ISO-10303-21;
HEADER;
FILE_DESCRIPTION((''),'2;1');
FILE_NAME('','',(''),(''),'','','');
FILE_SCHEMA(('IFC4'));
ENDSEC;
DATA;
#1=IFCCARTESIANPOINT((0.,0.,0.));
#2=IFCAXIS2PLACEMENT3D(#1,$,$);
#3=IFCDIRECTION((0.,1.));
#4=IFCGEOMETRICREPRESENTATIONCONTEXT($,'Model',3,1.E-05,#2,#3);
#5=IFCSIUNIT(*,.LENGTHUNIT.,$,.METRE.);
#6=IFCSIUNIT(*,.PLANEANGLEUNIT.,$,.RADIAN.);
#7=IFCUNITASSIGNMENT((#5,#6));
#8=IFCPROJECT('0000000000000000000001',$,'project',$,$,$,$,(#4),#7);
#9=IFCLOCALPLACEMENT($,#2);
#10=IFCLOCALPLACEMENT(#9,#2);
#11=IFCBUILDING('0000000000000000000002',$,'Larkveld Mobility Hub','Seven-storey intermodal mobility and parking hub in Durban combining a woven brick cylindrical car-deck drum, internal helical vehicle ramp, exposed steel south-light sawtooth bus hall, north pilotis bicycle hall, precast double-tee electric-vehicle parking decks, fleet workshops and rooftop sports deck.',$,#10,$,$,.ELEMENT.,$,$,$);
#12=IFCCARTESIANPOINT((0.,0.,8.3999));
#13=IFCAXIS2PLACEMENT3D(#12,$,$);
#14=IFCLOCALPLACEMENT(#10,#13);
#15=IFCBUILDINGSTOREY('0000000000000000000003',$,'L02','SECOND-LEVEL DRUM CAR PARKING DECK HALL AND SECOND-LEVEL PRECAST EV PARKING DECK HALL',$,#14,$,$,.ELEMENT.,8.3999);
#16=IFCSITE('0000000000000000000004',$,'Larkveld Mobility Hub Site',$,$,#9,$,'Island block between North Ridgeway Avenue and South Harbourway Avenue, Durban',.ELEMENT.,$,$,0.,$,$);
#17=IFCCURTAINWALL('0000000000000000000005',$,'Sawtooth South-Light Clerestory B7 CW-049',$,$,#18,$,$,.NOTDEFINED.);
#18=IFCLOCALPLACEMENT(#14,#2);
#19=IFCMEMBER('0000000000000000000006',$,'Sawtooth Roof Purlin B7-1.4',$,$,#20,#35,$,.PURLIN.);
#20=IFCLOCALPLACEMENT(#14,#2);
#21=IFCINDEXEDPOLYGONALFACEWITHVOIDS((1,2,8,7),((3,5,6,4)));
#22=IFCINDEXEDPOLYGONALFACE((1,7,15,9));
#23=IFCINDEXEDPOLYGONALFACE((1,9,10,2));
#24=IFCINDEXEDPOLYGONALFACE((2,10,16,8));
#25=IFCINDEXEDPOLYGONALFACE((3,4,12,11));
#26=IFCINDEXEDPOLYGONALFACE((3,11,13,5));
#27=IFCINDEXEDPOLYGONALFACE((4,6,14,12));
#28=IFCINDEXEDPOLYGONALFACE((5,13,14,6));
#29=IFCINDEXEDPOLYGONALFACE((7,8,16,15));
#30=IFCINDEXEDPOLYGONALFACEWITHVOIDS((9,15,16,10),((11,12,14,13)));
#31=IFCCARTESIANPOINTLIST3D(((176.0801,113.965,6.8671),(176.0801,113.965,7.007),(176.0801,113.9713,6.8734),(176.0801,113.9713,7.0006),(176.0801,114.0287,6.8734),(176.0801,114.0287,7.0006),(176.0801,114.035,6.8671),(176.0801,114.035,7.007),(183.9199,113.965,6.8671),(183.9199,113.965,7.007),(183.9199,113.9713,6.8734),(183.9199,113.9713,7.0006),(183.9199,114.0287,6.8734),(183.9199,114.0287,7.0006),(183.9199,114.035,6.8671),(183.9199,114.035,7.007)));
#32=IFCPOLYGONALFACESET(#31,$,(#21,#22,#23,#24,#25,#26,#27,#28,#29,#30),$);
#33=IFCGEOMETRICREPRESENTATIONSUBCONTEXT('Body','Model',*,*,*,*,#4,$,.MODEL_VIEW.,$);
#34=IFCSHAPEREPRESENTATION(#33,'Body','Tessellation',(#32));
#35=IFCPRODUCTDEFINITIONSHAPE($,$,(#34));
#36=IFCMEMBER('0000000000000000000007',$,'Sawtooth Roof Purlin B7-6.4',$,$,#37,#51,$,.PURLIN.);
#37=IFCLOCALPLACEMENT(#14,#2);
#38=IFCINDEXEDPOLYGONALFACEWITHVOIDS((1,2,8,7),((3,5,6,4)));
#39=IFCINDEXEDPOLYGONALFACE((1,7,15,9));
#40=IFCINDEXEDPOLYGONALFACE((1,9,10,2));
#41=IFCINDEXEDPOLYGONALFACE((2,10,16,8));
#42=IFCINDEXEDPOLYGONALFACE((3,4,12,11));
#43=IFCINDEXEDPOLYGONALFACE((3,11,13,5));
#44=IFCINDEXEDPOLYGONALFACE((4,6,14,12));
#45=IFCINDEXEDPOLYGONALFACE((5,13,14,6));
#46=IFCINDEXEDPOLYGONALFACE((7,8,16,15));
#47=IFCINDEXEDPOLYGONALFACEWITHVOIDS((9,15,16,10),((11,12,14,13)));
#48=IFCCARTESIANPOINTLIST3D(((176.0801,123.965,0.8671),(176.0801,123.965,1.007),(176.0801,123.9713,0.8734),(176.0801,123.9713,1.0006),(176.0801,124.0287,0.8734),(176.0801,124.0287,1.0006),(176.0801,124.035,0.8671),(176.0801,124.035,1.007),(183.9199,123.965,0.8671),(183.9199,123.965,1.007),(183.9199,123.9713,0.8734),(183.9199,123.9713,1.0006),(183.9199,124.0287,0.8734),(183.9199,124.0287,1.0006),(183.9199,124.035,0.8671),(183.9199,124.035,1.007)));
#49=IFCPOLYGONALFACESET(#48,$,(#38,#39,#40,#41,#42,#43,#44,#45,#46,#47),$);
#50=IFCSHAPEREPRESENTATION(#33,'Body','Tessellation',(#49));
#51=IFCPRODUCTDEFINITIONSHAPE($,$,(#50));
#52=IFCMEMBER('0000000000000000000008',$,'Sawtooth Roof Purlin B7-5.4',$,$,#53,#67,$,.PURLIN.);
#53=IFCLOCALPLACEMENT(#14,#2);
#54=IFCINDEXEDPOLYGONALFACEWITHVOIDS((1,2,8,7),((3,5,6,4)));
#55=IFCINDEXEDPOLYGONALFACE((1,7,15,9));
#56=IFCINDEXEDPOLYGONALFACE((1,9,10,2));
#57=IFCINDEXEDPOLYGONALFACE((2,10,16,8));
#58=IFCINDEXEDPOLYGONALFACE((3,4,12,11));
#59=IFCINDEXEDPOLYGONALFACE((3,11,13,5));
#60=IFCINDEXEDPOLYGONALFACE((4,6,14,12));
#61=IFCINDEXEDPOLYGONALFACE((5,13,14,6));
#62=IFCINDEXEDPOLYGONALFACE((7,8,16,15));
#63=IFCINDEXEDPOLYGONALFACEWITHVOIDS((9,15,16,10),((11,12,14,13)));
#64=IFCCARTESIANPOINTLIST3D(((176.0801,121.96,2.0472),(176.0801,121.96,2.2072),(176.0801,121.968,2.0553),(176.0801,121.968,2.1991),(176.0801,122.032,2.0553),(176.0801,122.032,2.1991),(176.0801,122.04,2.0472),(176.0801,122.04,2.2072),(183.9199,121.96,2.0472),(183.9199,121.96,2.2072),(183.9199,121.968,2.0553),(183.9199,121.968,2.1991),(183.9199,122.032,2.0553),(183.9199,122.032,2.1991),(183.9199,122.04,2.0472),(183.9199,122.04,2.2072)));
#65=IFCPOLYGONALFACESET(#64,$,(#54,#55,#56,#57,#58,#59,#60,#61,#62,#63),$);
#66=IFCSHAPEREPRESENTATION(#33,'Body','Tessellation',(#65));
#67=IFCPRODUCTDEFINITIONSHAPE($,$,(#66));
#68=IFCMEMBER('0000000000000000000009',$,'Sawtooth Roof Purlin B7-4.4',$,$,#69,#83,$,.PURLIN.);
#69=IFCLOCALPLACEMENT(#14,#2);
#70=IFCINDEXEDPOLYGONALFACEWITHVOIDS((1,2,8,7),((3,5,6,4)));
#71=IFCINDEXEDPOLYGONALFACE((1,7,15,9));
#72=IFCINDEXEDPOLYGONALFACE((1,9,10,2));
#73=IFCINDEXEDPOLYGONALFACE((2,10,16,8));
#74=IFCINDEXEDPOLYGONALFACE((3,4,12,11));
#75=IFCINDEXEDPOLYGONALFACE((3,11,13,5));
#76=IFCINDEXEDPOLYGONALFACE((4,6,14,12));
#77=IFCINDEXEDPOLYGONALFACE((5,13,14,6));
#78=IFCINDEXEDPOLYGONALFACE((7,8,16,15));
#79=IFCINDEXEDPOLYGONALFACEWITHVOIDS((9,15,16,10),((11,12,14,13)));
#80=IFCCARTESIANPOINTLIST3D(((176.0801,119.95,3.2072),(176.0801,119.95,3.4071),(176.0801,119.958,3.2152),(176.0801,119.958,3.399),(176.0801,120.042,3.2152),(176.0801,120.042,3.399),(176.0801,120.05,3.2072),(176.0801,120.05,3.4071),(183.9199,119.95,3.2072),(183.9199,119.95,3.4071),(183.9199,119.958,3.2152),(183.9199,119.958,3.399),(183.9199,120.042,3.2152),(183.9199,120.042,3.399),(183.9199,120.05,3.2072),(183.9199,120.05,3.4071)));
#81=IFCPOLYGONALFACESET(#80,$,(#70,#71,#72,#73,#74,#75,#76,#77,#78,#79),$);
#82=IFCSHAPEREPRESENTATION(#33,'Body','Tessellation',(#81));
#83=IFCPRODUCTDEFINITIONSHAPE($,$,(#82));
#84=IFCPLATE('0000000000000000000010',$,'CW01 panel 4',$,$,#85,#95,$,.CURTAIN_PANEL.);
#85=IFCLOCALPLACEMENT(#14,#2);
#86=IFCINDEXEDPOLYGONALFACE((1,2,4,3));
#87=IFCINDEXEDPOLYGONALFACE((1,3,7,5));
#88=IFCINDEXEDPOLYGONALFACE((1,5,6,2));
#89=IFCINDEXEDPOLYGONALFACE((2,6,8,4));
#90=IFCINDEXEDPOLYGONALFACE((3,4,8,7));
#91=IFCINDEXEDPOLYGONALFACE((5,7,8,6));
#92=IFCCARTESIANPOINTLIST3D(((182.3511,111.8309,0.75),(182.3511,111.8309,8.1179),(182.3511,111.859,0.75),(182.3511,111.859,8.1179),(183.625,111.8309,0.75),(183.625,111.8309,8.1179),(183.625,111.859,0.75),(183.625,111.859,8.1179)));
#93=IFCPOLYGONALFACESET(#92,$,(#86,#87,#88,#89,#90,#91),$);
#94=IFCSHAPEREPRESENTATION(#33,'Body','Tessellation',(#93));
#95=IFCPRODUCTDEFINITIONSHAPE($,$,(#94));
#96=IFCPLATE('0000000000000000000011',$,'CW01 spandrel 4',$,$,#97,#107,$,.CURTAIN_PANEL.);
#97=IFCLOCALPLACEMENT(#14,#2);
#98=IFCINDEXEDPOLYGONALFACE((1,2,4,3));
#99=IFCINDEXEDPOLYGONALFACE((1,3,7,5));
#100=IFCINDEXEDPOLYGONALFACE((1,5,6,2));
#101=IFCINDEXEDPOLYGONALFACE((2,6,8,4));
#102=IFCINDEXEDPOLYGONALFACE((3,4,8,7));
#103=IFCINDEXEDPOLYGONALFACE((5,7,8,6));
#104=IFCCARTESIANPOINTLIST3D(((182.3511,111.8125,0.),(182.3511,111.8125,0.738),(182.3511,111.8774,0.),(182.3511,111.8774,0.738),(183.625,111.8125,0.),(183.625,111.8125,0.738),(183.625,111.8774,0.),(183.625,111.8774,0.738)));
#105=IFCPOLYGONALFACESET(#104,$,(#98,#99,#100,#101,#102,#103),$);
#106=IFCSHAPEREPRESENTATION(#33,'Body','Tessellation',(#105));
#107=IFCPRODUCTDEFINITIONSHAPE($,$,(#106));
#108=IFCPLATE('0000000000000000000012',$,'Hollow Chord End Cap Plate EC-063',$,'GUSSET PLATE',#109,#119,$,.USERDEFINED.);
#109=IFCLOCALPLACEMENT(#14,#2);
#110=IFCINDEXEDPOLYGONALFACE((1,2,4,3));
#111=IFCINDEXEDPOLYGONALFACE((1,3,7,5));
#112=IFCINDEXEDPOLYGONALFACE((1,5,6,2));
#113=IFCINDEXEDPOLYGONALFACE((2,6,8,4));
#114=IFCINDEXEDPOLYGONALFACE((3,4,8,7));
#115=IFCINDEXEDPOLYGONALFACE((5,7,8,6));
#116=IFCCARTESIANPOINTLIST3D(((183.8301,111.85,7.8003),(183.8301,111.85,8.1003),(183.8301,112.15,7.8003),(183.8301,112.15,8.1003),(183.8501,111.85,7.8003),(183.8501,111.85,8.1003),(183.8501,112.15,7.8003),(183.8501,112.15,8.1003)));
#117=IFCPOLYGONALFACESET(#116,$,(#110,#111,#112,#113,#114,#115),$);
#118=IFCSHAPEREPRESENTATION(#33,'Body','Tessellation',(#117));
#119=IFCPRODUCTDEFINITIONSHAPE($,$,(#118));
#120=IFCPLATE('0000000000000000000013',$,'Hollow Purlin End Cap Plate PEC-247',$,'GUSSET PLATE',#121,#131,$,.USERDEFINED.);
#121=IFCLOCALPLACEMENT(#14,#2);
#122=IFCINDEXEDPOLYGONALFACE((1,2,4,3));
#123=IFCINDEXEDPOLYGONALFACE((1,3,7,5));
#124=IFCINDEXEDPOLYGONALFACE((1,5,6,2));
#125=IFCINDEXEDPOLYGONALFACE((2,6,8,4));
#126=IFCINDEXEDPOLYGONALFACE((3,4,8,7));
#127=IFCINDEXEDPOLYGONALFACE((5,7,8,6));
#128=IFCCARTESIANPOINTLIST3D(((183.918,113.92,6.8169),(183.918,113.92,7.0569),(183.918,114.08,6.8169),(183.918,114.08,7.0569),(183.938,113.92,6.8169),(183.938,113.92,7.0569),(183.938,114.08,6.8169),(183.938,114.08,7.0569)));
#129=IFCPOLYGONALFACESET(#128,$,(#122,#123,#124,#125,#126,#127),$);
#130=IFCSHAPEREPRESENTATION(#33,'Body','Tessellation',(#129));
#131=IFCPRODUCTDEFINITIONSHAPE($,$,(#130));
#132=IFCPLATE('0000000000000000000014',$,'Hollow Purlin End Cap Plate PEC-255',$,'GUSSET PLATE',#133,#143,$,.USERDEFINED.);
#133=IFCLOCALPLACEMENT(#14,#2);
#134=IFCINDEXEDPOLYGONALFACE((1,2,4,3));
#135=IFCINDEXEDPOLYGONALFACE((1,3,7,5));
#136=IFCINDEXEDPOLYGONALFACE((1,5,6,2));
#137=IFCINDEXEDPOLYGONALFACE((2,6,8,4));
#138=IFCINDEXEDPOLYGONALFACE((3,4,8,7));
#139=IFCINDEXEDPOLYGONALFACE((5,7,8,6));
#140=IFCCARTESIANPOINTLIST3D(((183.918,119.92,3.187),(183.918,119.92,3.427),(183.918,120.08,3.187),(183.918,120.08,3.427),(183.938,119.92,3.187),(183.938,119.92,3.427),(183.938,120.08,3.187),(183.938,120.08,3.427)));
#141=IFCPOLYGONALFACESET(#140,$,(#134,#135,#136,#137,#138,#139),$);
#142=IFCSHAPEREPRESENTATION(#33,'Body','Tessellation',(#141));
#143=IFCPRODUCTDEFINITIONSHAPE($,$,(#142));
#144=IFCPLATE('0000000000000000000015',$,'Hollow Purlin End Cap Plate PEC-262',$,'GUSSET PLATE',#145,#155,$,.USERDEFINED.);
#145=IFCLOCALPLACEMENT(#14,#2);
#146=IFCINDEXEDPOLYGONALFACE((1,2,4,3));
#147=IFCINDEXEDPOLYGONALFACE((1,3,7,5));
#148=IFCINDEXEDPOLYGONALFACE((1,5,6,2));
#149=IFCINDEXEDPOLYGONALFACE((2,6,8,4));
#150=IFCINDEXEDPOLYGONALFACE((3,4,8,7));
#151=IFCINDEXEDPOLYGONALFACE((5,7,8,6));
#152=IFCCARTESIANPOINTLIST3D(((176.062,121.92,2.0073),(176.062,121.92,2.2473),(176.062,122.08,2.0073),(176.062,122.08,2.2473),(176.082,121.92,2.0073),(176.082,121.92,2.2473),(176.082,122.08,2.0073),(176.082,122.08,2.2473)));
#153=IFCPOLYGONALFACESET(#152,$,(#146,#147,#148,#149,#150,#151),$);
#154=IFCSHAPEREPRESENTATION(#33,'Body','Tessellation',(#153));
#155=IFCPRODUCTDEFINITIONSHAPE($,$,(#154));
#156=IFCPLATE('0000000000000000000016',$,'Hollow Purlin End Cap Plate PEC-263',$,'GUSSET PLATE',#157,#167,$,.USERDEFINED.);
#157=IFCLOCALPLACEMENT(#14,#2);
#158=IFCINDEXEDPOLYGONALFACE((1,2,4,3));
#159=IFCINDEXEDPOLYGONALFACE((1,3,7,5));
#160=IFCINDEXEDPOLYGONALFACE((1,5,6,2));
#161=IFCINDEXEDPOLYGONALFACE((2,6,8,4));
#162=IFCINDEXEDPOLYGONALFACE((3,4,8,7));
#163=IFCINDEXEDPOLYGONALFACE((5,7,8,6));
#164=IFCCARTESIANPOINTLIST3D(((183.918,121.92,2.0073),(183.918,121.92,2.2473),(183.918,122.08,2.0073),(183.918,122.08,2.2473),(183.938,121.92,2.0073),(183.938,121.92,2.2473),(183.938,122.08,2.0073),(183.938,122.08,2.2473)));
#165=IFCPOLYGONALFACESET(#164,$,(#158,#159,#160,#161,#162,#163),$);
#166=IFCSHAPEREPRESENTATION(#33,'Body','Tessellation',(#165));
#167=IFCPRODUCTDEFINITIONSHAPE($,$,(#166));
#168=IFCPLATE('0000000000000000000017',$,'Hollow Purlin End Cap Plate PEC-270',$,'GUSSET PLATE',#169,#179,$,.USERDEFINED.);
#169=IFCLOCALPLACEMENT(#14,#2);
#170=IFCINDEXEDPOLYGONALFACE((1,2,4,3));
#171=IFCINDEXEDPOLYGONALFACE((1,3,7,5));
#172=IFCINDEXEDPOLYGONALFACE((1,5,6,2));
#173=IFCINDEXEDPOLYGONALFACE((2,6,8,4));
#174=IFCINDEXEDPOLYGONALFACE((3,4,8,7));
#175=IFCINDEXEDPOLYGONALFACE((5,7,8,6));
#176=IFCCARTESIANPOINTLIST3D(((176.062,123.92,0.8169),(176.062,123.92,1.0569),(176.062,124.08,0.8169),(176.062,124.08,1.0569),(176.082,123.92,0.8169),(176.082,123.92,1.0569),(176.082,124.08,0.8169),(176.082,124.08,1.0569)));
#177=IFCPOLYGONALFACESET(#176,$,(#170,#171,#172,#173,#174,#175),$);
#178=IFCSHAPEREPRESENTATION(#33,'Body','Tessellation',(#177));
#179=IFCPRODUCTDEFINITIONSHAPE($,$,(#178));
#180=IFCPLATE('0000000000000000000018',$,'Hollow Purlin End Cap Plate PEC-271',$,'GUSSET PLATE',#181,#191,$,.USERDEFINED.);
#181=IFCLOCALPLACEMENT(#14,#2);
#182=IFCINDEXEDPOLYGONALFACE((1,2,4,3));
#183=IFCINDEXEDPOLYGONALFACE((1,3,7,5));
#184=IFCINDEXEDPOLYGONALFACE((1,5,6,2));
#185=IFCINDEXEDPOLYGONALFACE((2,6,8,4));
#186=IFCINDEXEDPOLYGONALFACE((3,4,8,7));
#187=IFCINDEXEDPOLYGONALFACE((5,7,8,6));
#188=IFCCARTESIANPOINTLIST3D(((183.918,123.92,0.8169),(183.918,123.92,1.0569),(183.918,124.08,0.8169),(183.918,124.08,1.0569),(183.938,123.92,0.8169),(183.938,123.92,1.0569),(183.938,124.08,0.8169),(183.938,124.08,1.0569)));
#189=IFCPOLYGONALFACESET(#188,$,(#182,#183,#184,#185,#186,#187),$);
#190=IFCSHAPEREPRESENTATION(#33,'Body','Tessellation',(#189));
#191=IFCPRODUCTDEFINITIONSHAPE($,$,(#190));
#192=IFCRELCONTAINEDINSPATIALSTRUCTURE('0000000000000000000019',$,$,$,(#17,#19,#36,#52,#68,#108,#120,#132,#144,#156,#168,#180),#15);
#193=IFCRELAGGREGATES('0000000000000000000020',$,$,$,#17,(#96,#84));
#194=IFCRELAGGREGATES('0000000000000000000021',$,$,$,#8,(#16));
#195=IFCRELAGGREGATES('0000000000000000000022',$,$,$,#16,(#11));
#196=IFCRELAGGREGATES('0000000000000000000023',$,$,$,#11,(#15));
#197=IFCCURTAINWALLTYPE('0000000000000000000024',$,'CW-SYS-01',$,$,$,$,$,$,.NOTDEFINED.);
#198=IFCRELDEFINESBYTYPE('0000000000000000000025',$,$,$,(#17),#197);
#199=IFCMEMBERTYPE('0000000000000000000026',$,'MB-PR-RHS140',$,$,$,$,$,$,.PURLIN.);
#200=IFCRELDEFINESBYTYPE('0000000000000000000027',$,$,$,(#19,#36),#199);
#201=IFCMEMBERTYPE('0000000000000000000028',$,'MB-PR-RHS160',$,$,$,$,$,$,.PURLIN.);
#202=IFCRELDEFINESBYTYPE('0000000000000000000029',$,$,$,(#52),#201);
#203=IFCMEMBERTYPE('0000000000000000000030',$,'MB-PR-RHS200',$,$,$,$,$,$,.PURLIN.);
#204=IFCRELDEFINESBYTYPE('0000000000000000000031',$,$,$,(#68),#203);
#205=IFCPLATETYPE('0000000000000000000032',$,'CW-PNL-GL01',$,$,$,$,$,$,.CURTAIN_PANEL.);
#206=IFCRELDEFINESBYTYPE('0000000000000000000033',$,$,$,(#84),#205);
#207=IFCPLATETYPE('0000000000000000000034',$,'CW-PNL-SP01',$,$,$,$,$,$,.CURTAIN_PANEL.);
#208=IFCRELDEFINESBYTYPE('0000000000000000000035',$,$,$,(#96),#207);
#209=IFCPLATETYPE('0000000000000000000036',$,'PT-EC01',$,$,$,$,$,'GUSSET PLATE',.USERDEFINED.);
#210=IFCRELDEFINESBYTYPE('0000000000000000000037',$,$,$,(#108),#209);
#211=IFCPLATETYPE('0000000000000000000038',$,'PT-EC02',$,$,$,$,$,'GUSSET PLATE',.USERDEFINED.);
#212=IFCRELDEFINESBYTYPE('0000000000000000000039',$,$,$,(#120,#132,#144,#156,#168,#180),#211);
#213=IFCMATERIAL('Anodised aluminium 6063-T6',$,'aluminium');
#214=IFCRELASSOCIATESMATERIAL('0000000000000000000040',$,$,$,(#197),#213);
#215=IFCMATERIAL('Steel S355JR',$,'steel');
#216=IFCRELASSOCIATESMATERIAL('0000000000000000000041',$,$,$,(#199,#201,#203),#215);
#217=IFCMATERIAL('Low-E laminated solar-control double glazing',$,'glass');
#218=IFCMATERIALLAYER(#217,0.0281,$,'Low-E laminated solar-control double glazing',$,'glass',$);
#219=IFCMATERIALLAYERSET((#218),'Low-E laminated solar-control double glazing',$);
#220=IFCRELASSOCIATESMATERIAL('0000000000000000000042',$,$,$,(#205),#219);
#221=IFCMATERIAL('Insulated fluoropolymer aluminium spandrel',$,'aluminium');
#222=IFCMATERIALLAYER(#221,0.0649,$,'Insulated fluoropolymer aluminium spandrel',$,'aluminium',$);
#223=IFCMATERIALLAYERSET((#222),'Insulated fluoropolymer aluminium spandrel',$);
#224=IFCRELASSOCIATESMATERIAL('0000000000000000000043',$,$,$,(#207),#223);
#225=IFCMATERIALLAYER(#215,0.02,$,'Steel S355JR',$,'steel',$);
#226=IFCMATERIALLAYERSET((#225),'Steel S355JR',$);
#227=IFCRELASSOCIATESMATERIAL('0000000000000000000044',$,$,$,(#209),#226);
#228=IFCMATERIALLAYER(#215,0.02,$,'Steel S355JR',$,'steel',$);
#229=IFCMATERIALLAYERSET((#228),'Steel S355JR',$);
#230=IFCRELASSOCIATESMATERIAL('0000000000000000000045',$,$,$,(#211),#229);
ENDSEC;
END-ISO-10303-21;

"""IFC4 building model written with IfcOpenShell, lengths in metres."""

from ifc_helpers import new_model, si_unit, direction, frame, origin, origin_2d, place, context, subcontext, project, spatial, rectangle, hollow_rectangle, extrude, material, layer, layer_set, material_profile, profile_set, type_object, element, aggregate, save


model = new_model("IFC4")

# Units and contexts
model_context = context("Model", 3, precision=1e-05, world=origin(), true_north=direction((0.0, 1.0)))
body_context = subcontext(model_context, "Body", "Model", "MODEL_VIEW")
ifc_project = project(units=[si_unit("LENGTHUNIT", "METRE"), si_unit("PLANEANGLEUNIT", "RADIAN")], contexts=[model_context])

# Site, building, storey
site_placement = place(None, origin())
site = spatial("IfcSite", under=ifc_project, at=site_placement, Name="Larkveld Mobility Hub Site", LongName="Island block between North Ridgeway Avenue and South Harbourway Avenue, Durban", CompositionType="ELEMENT", RefElevation=0.0)
building_placement = place(site_placement, origin())
building = spatial("IfcBuilding", under=site, at=building_placement, Name="Larkveld Mobility Hub", Description="Seven-storey intermodal mobility and parking hub in Durban combining a woven brick cylindrical car-deck drum, internal helical vehicle ramp, exposed steel south-light sawtooth bus hall, north pilotis bicycle hall, precast double-tee electric-vehicle parking decks, fleet workshops and rooftop sports deck.", CompositionType="ELEMENT")
storey_placement = place(building_placement, frame((0.0, 0.0, 8.3999)))
storey = spatial("IfcBuildingStorey", under=building, at=storey_placement, Name="L02", Description="SECOND-LEVEL DRUM CAR PARKING DECK HALL AND SECOND-LEVEL PRECAST EV PARKING DECK HALL", CompositionType="ELEMENT", Elevation=8.3999)

# Shared definitions
ifc_material_1 = material(Name="Steel S355JR", Category="steel")

# Curtain wall
ifc_material_2 = material(Name="Anodised aluminium 6063-T6", Category="aluminium")
curtain_wall_type = type_object("IfcCurtainWallType", Name="CW-SYS-01", PredefinedType="NOTDEFINED", material=ifc_material_2)
curtain_wall_placement = place(storey_placement, origin())
curtain_wall = element("IfcCurtainWall", 1, at=curtain_wall_placement, inside=storey, type_object=curtain_wall_type, Name="Sawtooth South-Light Clerestory B7 CW-049", PredefinedType="NOTDEFINED")

# Members
ifc_material_profile_1 = material_profile(ifc_material_1, hollow_rectangle(XDim=0.0701, YDim=0.1399, WallThickness=0.0063, at=origin_2d()), Name="RHS 140x70x6.3")
ifc_profile_set_1 = profile_set([ifc_material_profile_1], Name="Steel S355JR")
member_type_1 = type_object("IfcMemberType", Name="MB-PR-RHS140", PredefinedType="PURLIN", material=ifc_profile_set_1)
for number, where, z_axis, x_axis, name in (
    (2, (176.0801, 114.0, 6.937), (1.0, 0.0, 0.0), (0.0, 1.0, 0.0), "Sawtooth Roof Purlin B7-1.4"),
    (3, (176.0801, 124.0, 0.937), (1.0, 0.0, 0.0), (0.0, 1.0, 0.0), "Sawtooth Roof Purlin B7-6.4"),
):
    element("IfcMember", number, at=place(storey_placement, frame(where, z_axis=z_axis, x_axis=x_axis)), inside=storey, type_object=member_type_1, Name=name, PredefinedType="PURLIN", context=body_context, shape_type="SweptSolid", body=[
        extrude(hollow_rectangle(XDim=0.0701, YDim=0.1399, WallThickness=0.0063, at=origin_2d()), origin(), (0.0, 0.0, 1.0), 7.8398),
    ])
ifc_material_profile_2 = material_profile(ifc_material_1, hollow_rectangle(XDim=0.0801, YDim=0.1599, WallThickness=0.0081, at=origin_2d()), Name="RHS 160x80x8")
ifc_profile_set_2 = profile_set([ifc_material_profile_2], Name="Steel S355JR")
member_type_2 = type_object("IfcMemberType", Name="MB-PR-RHS160", PredefinedType="PURLIN", material=ifc_profile_set_2)
member_1_placement = place(storey_placement, frame((176.0801, 122.0, 2.1272), z_axis=(1.0, 0.0, 0.0), x_axis=(0.0, 1.0, 0.0)))
element("IfcMember", 4, at=member_1_placement, inside=storey, type_object=member_type_2, Name="Sawtooth Roof Purlin B7-5.4", PredefinedType="PURLIN", context=body_context, shape_type="SweptSolid", body=[
    extrude(hollow_rectangle(XDim=0.0801, YDim=0.1599, WallThickness=0.0081, at=origin_2d()), origin(), (0.0, 0.0, 1.0), 7.8398),
])
ifc_material_profile_3 = material_profile(ifc_material_1, hollow_rectangle(XDim=0.1001, YDim=0.2, WallThickness=0.0081, at=origin_2d()), Name="RHS 200x100x8")
ifc_profile_set_3 = profile_set([ifc_material_profile_3], Name="Steel S355JR")
member_type_3 = type_object("IfcMemberType", Name="MB-PR-RHS200", PredefinedType="PURLIN", material=ifc_profile_set_3)
member_2_placement = place(storey_placement, frame((176.0801, 120.0, 3.3071), z_axis=(1.0, 0.0, 0.0), x_axis=(0.0, 1.0, 0.0)))
element("IfcMember", 5, at=member_2_placement, inside=storey, type_object=member_type_3, Name="Sawtooth Roof Purlin B7-4.4", PredefinedType="PURLIN", context=body_context, shape_type="SweptSolid", body=[
    extrude(hollow_rectangle(XDim=0.1001, YDim=0.2, WallThickness=0.0081, at=origin_2d()), origin(), (0.0, 0.0, 1.0), 7.8398),
])

# Plates
ifc_material_3 = material(Name="Low-E laminated solar-control double glazing", Category="glass")
ifc_layer_1 = layer(ifc_material_3, 0.0281, Name="Low-E laminated solar-control double glazing", Category="glass")
ifc_layer_set_1 = layer_set([ifc_layer_1], Name="Low-E laminated solar-control double glazing")
plate_type_1 = type_object("IfcPlateType", Name="CW-PNL-GL01", PredefinedType="CURTAIN_PANEL", material=ifc_layer_set_1)
plate_1_placement = place(storey_placement, frame((182.988, 111.845, 0.75), z_axis=(0.0, 0.0, 1.0), x_axis=(1.0, 0.0, 0.0)))
plate_1 = element("IfcPlate", 6, at=plate_1_placement, type_object=plate_type_1, Name="CW01 panel 4", PredefinedType="CURTAIN_PANEL", context=body_context, shape_type="SweptSolid", body=[
    extrude(rectangle(XDim=1.2739, YDim=0.0281, at=origin_2d()), origin(), (0.0, 0.0, 1.0), 7.3679),
])
ifc_material_4 = material(Name="Insulated fluoropolymer aluminium spandrel", Category="aluminium")
ifc_layer_2 = layer(ifc_material_4, 0.0649, Name="Insulated fluoropolymer aluminium spandrel", Category="aluminium")
ifc_layer_set_2 = layer_set([ifc_layer_2], Name="Insulated fluoropolymer aluminium spandrel")
plate_type_2 = type_object("IfcPlateType", Name="CW-PNL-SP01", PredefinedType="CURTAIN_PANEL", material=ifc_layer_set_2)
plate_2_placement = place(storey_placement, frame((182.988, 111.845, 0.0), z_axis=(0.0, 0.0, 1.0), x_axis=(1.0, 0.0, 0.0)))
plate_2 = element("IfcPlate", 7, at=plate_2_placement, type_object=plate_type_2, Name="CW01 spandrel 4", PredefinedType="CURTAIN_PANEL", context=body_context, shape_type="SweptSolid", body=[
    extrude(rectangle(XDim=1.2739, YDim=0.0649, at=origin_2d()), origin(), (0.0, 0.0, 1.0), 0.738),
])
aggregate(curtain_wall, [plate_2, plate_1])

# Plates
ifc_layer_3 = layer(ifc_material_1, 0.02, Name="Steel S355JR", Category="steel")
ifc_layer_set_3 = layer_set([ifc_layer_3], Name="Steel S355JR")
plate_type_3 = type_object("IfcPlateType", Name="PT-EC01", ElementType="GUSSET PLATE", PredefinedType="USERDEFINED", material=ifc_layer_set_3)
plate_3_placement = place(storey_placement, frame((183.8401, 112.0, 7.8003), z_axis=(0.0, 0.0, 1.0), x_axis=(1.0, 0.0, 0.0)))
element("IfcPlate", 8, at=plate_3_placement, inside=storey, type_object=plate_type_3, Name="Hollow Chord End Cap Plate EC-063", ObjectType="GUSSET PLATE", PredefinedType="USERDEFINED", context=body_context, shape_type="SweptSolid", body=[
    extrude(rectangle(XDim=0.02, YDim=0.3, at=origin_2d()), origin(), (0.0, 0.0, 1.0), 0.3),
])
ifc_layer_4 = layer(ifc_material_1, 0.02, Name="Steel S355JR", Category="steel")
ifc_layer_set_4 = layer_set([ifc_layer_4], Name="Steel S355JR")
plate_type_4 = type_object("IfcPlateType", Name="PT-EC02", ElementType="GUSSET PLATE", PredefinedType="USERDEFINED", material=ifc_layer_set_4)
for number, where, z_axis, x_axis, name in (
    (9, (183.928, 114.0, 6.8169), (0.0, 0.0, 1.0), (1.0, 0.0, 0.0), "Hollow Purlin End Cap Plate PEC-247"),
    (10, (183.928, 120.0, 3.187), (0.0, 0.0, 1.0), (1.0, 0.0, 0.0), "Hollow Purlin End Cap Plate PEC-255"),
    (11, (176.072, 122.0, 2.0073), (0.0, 0.0, 1.0), (1.0, 0.0, 0.0), "Hollow Purlin End Cap Plate PEC-262"),
    (12, (183.928, 122.0, 2.0073), (0.0, 0.0, 1.0), (1.0, 0.0, 0.0), "Hollow Purlin End Cap Plate PEC-263"),
    (13, (176.072, 124.0, 0.8169), (0.0, 0.0, 1.0), (1.0, 0.0, 0.0), "Hollow Purlin End Cap Plate PEC-270"),
    (14, (183.928, 124.0, 0.8169), (0.0, 0.0, 1.0), (1.0, 0.0, 0.0), "Hollow Purlin End Cap Plate PEC-271"),
):
    element("IfcPlate", number, at=place(storey_placement, frame(where, z_axis=z_axis, x_axis=x_axis)), inside=storey, type_object=plate_type_4, Name=name, ObjectType="GUSSET PLATE", PredefinedType="USERDEFINED", context=body_context, shape_type="SweptSolid", body=[
        extrude(rectangle(XDim=0.02, YDim=0.1599, at=origin_2d()), origin(), (0.0, 0.0, 1.0), 0.24),
    ])

save(model, "model.ifc")
